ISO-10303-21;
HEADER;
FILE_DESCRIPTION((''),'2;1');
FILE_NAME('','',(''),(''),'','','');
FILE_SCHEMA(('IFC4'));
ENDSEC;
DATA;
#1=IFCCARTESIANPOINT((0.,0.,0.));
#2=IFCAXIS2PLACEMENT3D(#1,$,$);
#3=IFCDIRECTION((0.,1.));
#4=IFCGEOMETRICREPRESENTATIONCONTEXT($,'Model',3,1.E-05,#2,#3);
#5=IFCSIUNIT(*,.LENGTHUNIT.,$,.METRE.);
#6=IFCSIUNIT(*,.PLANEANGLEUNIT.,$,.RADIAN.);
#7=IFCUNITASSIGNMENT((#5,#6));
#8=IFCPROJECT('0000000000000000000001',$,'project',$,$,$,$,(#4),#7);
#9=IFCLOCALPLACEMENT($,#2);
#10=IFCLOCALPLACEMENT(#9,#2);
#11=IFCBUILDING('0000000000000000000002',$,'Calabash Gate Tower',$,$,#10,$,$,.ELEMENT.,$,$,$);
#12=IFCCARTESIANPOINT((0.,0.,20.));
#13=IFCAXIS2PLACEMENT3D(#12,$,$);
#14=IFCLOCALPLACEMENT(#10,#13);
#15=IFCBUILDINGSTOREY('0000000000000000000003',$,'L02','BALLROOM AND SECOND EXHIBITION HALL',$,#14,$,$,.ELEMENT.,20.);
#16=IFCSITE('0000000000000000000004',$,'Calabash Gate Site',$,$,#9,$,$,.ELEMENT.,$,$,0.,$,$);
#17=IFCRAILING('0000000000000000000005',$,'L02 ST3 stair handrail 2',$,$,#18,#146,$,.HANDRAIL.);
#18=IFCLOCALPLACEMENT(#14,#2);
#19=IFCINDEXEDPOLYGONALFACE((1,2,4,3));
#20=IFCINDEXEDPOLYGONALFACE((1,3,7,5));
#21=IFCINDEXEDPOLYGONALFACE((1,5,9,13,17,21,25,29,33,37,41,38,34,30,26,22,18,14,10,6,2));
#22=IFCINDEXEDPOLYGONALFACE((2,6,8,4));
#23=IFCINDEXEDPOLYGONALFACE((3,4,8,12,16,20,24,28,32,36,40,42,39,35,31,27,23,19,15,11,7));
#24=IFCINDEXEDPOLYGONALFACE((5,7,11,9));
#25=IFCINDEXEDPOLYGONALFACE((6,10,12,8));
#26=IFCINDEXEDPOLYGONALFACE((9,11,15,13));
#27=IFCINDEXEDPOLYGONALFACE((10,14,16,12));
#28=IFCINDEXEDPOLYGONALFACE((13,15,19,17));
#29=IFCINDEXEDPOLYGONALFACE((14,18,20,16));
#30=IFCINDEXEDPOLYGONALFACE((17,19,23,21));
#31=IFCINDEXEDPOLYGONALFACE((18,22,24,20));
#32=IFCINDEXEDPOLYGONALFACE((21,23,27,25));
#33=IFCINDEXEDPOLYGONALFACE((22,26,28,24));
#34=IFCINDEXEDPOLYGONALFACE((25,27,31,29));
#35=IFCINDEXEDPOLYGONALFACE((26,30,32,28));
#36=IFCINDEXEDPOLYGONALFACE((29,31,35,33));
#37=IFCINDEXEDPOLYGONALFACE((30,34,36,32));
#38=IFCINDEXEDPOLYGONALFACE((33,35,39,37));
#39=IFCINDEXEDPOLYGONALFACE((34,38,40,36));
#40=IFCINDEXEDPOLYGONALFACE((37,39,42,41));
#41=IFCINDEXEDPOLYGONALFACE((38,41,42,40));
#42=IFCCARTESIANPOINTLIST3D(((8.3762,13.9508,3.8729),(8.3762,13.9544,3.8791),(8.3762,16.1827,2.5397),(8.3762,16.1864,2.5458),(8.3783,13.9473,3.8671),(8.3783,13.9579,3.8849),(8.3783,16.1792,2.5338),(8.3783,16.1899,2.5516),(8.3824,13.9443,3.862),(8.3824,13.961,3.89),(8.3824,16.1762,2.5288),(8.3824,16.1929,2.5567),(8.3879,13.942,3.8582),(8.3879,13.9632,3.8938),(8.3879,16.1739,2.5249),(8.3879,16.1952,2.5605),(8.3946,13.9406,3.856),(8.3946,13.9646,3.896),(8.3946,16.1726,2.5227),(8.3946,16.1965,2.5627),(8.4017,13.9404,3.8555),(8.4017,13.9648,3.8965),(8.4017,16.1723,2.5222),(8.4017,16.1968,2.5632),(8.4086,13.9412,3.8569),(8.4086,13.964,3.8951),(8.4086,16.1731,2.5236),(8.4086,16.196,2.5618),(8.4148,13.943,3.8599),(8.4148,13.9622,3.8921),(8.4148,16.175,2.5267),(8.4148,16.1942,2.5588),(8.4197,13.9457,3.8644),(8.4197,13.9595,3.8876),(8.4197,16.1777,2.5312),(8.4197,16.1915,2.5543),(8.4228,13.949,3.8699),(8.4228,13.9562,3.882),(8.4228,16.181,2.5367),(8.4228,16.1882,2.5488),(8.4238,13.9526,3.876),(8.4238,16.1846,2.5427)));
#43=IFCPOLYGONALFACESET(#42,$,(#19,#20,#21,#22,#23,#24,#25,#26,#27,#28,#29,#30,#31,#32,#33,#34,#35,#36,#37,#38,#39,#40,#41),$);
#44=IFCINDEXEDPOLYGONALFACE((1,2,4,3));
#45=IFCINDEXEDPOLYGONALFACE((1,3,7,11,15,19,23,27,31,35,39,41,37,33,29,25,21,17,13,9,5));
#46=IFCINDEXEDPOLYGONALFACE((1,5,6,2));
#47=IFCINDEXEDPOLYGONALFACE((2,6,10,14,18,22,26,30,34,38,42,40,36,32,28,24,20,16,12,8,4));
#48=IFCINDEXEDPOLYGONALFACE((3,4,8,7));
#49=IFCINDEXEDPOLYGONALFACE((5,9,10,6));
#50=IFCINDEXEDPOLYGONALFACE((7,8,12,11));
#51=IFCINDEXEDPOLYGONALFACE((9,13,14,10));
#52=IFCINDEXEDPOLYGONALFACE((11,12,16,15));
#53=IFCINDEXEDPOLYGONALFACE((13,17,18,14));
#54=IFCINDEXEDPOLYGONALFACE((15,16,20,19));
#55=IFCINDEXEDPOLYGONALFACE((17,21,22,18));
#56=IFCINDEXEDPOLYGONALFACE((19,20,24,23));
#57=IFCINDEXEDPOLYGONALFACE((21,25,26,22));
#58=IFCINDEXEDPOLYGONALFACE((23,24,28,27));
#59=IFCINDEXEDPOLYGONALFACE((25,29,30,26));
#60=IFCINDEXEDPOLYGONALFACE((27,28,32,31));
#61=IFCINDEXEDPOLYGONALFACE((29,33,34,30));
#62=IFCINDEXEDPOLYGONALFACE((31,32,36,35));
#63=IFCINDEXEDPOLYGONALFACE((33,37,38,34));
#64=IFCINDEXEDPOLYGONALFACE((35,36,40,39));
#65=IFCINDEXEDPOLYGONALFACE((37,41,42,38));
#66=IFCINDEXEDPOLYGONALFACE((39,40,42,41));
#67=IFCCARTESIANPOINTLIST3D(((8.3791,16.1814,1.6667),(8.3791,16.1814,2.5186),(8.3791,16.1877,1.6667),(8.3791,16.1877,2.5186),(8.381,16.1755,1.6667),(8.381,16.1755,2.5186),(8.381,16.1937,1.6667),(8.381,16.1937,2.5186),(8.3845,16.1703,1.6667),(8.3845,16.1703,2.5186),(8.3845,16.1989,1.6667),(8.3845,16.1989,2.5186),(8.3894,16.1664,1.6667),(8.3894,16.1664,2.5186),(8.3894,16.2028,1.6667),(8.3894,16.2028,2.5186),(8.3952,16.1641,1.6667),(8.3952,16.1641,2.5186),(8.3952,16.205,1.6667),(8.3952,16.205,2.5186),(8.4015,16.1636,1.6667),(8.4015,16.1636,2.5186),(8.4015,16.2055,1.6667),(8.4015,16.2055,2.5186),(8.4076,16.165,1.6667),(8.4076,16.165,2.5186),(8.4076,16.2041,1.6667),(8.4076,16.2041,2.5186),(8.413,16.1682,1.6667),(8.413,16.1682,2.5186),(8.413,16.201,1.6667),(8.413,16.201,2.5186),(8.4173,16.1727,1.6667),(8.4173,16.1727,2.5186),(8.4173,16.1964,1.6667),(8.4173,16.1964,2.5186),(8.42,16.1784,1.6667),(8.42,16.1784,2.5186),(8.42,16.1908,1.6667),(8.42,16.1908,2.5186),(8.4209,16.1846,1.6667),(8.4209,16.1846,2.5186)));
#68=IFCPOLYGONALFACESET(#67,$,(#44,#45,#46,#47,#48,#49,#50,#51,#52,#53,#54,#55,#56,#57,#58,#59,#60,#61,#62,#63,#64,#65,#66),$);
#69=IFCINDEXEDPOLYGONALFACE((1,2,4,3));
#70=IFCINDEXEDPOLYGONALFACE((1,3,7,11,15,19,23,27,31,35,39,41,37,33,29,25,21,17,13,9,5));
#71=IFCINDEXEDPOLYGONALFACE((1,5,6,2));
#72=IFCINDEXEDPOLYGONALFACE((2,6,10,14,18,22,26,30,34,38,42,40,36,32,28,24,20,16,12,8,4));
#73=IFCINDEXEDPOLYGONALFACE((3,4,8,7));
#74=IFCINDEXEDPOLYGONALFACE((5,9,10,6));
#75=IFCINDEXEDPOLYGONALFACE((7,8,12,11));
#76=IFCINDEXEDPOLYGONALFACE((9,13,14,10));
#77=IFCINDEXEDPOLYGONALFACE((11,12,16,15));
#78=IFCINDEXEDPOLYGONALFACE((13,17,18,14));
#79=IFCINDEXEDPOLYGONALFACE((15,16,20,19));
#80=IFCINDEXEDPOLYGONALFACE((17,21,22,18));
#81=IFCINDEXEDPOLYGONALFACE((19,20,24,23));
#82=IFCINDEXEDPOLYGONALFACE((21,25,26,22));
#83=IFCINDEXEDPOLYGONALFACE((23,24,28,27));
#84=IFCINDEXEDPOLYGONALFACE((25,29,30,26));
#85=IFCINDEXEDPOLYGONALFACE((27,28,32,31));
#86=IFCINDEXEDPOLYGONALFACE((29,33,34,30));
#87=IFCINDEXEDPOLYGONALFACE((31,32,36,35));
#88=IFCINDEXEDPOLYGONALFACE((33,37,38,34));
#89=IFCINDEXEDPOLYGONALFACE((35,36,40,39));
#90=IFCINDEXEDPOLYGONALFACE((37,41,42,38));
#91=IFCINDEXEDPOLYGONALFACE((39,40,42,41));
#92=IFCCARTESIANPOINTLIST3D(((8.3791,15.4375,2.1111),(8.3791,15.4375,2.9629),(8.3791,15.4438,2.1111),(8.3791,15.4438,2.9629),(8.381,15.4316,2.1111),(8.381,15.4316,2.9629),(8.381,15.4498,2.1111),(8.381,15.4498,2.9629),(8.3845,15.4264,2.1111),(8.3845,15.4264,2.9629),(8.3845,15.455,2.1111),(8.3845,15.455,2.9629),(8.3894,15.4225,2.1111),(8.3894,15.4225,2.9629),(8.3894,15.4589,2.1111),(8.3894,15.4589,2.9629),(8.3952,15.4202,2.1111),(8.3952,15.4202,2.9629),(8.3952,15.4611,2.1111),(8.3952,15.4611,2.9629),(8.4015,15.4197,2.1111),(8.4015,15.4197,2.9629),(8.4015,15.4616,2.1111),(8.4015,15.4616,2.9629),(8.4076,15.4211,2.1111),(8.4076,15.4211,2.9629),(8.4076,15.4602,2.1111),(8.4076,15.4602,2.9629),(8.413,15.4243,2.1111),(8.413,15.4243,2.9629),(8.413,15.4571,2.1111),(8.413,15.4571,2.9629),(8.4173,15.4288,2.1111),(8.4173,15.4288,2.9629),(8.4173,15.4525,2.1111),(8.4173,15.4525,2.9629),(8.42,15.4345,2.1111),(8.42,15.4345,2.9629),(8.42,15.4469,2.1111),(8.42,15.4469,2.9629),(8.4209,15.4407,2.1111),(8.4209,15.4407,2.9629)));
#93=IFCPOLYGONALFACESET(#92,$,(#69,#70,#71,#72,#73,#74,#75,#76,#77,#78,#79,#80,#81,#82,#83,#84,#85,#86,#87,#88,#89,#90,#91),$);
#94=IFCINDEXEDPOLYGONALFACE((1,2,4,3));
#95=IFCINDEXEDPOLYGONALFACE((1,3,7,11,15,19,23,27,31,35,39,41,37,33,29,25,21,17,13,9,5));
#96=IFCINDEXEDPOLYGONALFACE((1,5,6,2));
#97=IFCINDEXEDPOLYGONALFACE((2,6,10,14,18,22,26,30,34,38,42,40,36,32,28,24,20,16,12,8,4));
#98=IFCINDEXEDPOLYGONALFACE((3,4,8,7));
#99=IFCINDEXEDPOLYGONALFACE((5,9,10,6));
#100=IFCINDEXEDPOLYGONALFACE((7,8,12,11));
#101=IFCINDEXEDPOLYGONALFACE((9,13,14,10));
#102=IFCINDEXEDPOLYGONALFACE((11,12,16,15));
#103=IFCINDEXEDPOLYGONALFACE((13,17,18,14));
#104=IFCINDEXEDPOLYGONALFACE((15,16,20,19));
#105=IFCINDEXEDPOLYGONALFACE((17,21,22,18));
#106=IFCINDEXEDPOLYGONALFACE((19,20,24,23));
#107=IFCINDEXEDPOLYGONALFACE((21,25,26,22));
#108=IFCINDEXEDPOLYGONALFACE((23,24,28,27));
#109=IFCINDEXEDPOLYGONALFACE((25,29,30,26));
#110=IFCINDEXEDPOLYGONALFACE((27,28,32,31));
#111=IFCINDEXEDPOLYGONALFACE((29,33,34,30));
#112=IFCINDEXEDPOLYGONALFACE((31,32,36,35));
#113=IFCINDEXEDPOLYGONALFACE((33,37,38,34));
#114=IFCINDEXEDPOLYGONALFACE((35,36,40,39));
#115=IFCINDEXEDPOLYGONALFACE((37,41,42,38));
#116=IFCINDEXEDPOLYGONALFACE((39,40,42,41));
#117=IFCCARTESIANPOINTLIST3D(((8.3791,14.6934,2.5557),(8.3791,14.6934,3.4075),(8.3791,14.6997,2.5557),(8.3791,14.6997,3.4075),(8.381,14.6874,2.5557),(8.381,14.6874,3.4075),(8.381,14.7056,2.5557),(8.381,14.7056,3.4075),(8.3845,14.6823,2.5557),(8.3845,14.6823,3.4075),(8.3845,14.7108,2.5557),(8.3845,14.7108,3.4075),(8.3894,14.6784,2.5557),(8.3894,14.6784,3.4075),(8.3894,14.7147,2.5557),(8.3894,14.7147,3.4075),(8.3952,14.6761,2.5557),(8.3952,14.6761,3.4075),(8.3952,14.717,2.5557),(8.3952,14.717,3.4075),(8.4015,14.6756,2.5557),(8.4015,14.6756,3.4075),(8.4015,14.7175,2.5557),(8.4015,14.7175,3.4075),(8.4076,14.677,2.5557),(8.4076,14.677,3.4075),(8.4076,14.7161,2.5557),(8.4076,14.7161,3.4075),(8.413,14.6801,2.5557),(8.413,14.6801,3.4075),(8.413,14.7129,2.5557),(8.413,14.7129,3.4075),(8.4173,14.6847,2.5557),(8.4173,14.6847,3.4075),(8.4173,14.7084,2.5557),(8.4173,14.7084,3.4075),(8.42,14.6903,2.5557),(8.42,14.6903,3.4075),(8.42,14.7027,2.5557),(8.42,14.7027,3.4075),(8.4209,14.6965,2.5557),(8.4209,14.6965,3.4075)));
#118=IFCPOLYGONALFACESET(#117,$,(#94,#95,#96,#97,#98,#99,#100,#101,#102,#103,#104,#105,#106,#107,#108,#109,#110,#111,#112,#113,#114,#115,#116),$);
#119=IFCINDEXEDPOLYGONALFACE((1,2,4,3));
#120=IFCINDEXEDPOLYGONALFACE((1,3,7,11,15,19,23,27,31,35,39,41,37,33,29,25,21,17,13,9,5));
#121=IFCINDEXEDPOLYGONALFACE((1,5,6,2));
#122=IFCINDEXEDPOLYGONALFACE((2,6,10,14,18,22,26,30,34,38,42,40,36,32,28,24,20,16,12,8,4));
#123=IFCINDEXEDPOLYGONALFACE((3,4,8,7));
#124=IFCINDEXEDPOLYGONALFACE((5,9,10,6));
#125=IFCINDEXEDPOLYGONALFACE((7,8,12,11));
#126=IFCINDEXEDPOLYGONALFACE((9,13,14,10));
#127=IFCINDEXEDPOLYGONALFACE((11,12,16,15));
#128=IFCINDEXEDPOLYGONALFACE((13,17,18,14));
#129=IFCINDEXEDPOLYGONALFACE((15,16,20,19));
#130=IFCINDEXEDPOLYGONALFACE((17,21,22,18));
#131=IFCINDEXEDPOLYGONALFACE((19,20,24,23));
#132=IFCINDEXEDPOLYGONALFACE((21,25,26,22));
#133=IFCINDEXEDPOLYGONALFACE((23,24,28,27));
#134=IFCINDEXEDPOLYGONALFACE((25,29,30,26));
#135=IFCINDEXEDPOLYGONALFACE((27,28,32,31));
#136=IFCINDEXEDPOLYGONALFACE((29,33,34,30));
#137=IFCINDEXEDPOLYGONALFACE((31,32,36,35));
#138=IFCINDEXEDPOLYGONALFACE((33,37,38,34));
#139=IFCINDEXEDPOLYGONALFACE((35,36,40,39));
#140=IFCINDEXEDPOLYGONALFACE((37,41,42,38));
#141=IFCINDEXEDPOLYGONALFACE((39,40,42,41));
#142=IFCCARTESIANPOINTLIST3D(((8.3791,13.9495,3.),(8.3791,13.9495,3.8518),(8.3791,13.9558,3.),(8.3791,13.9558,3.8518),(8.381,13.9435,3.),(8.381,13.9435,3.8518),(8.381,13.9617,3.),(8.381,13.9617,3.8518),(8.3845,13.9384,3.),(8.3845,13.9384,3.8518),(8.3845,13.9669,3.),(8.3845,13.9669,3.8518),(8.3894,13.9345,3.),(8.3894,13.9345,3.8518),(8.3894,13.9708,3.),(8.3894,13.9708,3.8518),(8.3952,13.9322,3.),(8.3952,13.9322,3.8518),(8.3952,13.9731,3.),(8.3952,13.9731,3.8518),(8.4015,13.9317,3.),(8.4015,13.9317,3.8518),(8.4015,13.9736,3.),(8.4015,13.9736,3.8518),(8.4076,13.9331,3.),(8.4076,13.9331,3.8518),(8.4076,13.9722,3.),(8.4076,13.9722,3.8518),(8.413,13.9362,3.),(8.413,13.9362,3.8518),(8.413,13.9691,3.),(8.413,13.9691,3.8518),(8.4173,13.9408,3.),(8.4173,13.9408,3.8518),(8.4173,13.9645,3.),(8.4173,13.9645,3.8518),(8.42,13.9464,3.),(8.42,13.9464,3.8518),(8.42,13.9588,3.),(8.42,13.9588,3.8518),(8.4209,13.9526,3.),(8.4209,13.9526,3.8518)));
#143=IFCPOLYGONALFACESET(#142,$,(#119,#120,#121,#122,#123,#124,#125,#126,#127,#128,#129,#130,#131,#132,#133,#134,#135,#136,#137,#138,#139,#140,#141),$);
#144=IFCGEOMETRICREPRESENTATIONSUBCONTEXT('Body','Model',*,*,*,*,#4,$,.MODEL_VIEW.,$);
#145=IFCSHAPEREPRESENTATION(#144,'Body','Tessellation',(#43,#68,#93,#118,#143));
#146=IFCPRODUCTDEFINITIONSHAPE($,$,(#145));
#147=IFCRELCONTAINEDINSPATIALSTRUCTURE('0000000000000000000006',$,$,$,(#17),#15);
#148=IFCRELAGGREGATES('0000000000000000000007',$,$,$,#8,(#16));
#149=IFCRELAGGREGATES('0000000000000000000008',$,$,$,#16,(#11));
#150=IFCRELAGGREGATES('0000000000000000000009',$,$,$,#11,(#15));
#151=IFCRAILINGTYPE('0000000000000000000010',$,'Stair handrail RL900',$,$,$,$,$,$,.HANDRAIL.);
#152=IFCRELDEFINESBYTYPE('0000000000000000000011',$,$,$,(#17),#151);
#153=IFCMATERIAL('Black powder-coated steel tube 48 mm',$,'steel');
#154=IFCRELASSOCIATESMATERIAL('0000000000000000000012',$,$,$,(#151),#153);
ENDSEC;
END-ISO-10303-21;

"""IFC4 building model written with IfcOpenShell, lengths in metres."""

from ifc_helpers import new_model, si_unit, direction, frame, origin, origin_2d, place, context, subcontext, project, spatial, circle, extrude, material, type_object, element, save


model = new_model("IFC4")

# Units and contexts
model_context = context("Model", 3, precision=1e-05, world=origin(), true_north=direction((0.0, 1.0)))
body_context = subcontext(model_context, "Body", "Model", "MODEL_VIEW")
ifc_project = project(units=[si_unit("LENGTHUNIT", "METRE"), si_unit("PLANEANGLEUNIT", "RADIAN")], contexts=[model_context])

# Site, building, storey
site_placement = place(None, origin())
site = spatial("IfcSite", under=ifc_project, at=site_placement, Name="Calabash Gate Site", CompositionType="ELEMENT", RefElevation=0.0)
building_placement = place(site_placement, origin())
building = spatial("IfcBuilding", under=site, at=building_placement, Name="Calabash Gate Tower", CompositionType="ELEMENT")
storey_placement = place(building_placement, frame((0.0, 0.0, 20.0)))
storey = spatial("IfcBuildingStorey", under=building, at=storey_placement, Name="L02", Description="BALLROOM AND SECOND EXHIBITION HALL", CompositionType="ELEMENT", Elevation=20.0)

# Railing
ifc_material_1 = material(Name="Black powder-coated steel tube 48 mm", Category="steel")
railing_type_1 = type_object("IfcRailingType", Name="Stair handrail RL900", PredefinedType="HANDRAIL", material=ifc_material_1)
railing_1_placement = place(storey_placement, frame((8.3999, 16.1846, 1.6667)))
element("IfcRailing", 1, at=railing_1_placement, inside=storey, type_object=railing_type_1, Name="L02 ST3 stair handrail 2", PredefinedType="HANDRAIL", context=body_context, shape_type="SweptSolid", body=[
    extrude(circle(Radius=0.0239, at=origin_2d()), frame((0.0, 0.0, 0.876), z_axis=(0.0, -0.858494, 0.512824), x_axis=(1.0, 0.0, 0.0)), (0.0, 0.0, 1.0), 2.5999),
    extrude(circle(Radius=0.021, at=origin_2d()), origin(), (0.0, 0.0, 1.0), 0.8518),
    extrude(circle(Radius=0.021, at=origin_2d()), frame((0.0, -0.7439, 0.4443)), (0.0, 0.0, 1.0), 0.8518),
    extrude(circle(Radius=0.021, at=origin_2d()), frame((0.0, -1.488, 0.8889)), (0.0, 0.0, 1.0), 0.8518),
    extrude(circle(Radius=0.021, at=origin_2d()), frame((0.0, -2.2319, 1.3333)), (0.0, 0.0, 1.0), 0.8518),
])

save(model, "model.ifc")
